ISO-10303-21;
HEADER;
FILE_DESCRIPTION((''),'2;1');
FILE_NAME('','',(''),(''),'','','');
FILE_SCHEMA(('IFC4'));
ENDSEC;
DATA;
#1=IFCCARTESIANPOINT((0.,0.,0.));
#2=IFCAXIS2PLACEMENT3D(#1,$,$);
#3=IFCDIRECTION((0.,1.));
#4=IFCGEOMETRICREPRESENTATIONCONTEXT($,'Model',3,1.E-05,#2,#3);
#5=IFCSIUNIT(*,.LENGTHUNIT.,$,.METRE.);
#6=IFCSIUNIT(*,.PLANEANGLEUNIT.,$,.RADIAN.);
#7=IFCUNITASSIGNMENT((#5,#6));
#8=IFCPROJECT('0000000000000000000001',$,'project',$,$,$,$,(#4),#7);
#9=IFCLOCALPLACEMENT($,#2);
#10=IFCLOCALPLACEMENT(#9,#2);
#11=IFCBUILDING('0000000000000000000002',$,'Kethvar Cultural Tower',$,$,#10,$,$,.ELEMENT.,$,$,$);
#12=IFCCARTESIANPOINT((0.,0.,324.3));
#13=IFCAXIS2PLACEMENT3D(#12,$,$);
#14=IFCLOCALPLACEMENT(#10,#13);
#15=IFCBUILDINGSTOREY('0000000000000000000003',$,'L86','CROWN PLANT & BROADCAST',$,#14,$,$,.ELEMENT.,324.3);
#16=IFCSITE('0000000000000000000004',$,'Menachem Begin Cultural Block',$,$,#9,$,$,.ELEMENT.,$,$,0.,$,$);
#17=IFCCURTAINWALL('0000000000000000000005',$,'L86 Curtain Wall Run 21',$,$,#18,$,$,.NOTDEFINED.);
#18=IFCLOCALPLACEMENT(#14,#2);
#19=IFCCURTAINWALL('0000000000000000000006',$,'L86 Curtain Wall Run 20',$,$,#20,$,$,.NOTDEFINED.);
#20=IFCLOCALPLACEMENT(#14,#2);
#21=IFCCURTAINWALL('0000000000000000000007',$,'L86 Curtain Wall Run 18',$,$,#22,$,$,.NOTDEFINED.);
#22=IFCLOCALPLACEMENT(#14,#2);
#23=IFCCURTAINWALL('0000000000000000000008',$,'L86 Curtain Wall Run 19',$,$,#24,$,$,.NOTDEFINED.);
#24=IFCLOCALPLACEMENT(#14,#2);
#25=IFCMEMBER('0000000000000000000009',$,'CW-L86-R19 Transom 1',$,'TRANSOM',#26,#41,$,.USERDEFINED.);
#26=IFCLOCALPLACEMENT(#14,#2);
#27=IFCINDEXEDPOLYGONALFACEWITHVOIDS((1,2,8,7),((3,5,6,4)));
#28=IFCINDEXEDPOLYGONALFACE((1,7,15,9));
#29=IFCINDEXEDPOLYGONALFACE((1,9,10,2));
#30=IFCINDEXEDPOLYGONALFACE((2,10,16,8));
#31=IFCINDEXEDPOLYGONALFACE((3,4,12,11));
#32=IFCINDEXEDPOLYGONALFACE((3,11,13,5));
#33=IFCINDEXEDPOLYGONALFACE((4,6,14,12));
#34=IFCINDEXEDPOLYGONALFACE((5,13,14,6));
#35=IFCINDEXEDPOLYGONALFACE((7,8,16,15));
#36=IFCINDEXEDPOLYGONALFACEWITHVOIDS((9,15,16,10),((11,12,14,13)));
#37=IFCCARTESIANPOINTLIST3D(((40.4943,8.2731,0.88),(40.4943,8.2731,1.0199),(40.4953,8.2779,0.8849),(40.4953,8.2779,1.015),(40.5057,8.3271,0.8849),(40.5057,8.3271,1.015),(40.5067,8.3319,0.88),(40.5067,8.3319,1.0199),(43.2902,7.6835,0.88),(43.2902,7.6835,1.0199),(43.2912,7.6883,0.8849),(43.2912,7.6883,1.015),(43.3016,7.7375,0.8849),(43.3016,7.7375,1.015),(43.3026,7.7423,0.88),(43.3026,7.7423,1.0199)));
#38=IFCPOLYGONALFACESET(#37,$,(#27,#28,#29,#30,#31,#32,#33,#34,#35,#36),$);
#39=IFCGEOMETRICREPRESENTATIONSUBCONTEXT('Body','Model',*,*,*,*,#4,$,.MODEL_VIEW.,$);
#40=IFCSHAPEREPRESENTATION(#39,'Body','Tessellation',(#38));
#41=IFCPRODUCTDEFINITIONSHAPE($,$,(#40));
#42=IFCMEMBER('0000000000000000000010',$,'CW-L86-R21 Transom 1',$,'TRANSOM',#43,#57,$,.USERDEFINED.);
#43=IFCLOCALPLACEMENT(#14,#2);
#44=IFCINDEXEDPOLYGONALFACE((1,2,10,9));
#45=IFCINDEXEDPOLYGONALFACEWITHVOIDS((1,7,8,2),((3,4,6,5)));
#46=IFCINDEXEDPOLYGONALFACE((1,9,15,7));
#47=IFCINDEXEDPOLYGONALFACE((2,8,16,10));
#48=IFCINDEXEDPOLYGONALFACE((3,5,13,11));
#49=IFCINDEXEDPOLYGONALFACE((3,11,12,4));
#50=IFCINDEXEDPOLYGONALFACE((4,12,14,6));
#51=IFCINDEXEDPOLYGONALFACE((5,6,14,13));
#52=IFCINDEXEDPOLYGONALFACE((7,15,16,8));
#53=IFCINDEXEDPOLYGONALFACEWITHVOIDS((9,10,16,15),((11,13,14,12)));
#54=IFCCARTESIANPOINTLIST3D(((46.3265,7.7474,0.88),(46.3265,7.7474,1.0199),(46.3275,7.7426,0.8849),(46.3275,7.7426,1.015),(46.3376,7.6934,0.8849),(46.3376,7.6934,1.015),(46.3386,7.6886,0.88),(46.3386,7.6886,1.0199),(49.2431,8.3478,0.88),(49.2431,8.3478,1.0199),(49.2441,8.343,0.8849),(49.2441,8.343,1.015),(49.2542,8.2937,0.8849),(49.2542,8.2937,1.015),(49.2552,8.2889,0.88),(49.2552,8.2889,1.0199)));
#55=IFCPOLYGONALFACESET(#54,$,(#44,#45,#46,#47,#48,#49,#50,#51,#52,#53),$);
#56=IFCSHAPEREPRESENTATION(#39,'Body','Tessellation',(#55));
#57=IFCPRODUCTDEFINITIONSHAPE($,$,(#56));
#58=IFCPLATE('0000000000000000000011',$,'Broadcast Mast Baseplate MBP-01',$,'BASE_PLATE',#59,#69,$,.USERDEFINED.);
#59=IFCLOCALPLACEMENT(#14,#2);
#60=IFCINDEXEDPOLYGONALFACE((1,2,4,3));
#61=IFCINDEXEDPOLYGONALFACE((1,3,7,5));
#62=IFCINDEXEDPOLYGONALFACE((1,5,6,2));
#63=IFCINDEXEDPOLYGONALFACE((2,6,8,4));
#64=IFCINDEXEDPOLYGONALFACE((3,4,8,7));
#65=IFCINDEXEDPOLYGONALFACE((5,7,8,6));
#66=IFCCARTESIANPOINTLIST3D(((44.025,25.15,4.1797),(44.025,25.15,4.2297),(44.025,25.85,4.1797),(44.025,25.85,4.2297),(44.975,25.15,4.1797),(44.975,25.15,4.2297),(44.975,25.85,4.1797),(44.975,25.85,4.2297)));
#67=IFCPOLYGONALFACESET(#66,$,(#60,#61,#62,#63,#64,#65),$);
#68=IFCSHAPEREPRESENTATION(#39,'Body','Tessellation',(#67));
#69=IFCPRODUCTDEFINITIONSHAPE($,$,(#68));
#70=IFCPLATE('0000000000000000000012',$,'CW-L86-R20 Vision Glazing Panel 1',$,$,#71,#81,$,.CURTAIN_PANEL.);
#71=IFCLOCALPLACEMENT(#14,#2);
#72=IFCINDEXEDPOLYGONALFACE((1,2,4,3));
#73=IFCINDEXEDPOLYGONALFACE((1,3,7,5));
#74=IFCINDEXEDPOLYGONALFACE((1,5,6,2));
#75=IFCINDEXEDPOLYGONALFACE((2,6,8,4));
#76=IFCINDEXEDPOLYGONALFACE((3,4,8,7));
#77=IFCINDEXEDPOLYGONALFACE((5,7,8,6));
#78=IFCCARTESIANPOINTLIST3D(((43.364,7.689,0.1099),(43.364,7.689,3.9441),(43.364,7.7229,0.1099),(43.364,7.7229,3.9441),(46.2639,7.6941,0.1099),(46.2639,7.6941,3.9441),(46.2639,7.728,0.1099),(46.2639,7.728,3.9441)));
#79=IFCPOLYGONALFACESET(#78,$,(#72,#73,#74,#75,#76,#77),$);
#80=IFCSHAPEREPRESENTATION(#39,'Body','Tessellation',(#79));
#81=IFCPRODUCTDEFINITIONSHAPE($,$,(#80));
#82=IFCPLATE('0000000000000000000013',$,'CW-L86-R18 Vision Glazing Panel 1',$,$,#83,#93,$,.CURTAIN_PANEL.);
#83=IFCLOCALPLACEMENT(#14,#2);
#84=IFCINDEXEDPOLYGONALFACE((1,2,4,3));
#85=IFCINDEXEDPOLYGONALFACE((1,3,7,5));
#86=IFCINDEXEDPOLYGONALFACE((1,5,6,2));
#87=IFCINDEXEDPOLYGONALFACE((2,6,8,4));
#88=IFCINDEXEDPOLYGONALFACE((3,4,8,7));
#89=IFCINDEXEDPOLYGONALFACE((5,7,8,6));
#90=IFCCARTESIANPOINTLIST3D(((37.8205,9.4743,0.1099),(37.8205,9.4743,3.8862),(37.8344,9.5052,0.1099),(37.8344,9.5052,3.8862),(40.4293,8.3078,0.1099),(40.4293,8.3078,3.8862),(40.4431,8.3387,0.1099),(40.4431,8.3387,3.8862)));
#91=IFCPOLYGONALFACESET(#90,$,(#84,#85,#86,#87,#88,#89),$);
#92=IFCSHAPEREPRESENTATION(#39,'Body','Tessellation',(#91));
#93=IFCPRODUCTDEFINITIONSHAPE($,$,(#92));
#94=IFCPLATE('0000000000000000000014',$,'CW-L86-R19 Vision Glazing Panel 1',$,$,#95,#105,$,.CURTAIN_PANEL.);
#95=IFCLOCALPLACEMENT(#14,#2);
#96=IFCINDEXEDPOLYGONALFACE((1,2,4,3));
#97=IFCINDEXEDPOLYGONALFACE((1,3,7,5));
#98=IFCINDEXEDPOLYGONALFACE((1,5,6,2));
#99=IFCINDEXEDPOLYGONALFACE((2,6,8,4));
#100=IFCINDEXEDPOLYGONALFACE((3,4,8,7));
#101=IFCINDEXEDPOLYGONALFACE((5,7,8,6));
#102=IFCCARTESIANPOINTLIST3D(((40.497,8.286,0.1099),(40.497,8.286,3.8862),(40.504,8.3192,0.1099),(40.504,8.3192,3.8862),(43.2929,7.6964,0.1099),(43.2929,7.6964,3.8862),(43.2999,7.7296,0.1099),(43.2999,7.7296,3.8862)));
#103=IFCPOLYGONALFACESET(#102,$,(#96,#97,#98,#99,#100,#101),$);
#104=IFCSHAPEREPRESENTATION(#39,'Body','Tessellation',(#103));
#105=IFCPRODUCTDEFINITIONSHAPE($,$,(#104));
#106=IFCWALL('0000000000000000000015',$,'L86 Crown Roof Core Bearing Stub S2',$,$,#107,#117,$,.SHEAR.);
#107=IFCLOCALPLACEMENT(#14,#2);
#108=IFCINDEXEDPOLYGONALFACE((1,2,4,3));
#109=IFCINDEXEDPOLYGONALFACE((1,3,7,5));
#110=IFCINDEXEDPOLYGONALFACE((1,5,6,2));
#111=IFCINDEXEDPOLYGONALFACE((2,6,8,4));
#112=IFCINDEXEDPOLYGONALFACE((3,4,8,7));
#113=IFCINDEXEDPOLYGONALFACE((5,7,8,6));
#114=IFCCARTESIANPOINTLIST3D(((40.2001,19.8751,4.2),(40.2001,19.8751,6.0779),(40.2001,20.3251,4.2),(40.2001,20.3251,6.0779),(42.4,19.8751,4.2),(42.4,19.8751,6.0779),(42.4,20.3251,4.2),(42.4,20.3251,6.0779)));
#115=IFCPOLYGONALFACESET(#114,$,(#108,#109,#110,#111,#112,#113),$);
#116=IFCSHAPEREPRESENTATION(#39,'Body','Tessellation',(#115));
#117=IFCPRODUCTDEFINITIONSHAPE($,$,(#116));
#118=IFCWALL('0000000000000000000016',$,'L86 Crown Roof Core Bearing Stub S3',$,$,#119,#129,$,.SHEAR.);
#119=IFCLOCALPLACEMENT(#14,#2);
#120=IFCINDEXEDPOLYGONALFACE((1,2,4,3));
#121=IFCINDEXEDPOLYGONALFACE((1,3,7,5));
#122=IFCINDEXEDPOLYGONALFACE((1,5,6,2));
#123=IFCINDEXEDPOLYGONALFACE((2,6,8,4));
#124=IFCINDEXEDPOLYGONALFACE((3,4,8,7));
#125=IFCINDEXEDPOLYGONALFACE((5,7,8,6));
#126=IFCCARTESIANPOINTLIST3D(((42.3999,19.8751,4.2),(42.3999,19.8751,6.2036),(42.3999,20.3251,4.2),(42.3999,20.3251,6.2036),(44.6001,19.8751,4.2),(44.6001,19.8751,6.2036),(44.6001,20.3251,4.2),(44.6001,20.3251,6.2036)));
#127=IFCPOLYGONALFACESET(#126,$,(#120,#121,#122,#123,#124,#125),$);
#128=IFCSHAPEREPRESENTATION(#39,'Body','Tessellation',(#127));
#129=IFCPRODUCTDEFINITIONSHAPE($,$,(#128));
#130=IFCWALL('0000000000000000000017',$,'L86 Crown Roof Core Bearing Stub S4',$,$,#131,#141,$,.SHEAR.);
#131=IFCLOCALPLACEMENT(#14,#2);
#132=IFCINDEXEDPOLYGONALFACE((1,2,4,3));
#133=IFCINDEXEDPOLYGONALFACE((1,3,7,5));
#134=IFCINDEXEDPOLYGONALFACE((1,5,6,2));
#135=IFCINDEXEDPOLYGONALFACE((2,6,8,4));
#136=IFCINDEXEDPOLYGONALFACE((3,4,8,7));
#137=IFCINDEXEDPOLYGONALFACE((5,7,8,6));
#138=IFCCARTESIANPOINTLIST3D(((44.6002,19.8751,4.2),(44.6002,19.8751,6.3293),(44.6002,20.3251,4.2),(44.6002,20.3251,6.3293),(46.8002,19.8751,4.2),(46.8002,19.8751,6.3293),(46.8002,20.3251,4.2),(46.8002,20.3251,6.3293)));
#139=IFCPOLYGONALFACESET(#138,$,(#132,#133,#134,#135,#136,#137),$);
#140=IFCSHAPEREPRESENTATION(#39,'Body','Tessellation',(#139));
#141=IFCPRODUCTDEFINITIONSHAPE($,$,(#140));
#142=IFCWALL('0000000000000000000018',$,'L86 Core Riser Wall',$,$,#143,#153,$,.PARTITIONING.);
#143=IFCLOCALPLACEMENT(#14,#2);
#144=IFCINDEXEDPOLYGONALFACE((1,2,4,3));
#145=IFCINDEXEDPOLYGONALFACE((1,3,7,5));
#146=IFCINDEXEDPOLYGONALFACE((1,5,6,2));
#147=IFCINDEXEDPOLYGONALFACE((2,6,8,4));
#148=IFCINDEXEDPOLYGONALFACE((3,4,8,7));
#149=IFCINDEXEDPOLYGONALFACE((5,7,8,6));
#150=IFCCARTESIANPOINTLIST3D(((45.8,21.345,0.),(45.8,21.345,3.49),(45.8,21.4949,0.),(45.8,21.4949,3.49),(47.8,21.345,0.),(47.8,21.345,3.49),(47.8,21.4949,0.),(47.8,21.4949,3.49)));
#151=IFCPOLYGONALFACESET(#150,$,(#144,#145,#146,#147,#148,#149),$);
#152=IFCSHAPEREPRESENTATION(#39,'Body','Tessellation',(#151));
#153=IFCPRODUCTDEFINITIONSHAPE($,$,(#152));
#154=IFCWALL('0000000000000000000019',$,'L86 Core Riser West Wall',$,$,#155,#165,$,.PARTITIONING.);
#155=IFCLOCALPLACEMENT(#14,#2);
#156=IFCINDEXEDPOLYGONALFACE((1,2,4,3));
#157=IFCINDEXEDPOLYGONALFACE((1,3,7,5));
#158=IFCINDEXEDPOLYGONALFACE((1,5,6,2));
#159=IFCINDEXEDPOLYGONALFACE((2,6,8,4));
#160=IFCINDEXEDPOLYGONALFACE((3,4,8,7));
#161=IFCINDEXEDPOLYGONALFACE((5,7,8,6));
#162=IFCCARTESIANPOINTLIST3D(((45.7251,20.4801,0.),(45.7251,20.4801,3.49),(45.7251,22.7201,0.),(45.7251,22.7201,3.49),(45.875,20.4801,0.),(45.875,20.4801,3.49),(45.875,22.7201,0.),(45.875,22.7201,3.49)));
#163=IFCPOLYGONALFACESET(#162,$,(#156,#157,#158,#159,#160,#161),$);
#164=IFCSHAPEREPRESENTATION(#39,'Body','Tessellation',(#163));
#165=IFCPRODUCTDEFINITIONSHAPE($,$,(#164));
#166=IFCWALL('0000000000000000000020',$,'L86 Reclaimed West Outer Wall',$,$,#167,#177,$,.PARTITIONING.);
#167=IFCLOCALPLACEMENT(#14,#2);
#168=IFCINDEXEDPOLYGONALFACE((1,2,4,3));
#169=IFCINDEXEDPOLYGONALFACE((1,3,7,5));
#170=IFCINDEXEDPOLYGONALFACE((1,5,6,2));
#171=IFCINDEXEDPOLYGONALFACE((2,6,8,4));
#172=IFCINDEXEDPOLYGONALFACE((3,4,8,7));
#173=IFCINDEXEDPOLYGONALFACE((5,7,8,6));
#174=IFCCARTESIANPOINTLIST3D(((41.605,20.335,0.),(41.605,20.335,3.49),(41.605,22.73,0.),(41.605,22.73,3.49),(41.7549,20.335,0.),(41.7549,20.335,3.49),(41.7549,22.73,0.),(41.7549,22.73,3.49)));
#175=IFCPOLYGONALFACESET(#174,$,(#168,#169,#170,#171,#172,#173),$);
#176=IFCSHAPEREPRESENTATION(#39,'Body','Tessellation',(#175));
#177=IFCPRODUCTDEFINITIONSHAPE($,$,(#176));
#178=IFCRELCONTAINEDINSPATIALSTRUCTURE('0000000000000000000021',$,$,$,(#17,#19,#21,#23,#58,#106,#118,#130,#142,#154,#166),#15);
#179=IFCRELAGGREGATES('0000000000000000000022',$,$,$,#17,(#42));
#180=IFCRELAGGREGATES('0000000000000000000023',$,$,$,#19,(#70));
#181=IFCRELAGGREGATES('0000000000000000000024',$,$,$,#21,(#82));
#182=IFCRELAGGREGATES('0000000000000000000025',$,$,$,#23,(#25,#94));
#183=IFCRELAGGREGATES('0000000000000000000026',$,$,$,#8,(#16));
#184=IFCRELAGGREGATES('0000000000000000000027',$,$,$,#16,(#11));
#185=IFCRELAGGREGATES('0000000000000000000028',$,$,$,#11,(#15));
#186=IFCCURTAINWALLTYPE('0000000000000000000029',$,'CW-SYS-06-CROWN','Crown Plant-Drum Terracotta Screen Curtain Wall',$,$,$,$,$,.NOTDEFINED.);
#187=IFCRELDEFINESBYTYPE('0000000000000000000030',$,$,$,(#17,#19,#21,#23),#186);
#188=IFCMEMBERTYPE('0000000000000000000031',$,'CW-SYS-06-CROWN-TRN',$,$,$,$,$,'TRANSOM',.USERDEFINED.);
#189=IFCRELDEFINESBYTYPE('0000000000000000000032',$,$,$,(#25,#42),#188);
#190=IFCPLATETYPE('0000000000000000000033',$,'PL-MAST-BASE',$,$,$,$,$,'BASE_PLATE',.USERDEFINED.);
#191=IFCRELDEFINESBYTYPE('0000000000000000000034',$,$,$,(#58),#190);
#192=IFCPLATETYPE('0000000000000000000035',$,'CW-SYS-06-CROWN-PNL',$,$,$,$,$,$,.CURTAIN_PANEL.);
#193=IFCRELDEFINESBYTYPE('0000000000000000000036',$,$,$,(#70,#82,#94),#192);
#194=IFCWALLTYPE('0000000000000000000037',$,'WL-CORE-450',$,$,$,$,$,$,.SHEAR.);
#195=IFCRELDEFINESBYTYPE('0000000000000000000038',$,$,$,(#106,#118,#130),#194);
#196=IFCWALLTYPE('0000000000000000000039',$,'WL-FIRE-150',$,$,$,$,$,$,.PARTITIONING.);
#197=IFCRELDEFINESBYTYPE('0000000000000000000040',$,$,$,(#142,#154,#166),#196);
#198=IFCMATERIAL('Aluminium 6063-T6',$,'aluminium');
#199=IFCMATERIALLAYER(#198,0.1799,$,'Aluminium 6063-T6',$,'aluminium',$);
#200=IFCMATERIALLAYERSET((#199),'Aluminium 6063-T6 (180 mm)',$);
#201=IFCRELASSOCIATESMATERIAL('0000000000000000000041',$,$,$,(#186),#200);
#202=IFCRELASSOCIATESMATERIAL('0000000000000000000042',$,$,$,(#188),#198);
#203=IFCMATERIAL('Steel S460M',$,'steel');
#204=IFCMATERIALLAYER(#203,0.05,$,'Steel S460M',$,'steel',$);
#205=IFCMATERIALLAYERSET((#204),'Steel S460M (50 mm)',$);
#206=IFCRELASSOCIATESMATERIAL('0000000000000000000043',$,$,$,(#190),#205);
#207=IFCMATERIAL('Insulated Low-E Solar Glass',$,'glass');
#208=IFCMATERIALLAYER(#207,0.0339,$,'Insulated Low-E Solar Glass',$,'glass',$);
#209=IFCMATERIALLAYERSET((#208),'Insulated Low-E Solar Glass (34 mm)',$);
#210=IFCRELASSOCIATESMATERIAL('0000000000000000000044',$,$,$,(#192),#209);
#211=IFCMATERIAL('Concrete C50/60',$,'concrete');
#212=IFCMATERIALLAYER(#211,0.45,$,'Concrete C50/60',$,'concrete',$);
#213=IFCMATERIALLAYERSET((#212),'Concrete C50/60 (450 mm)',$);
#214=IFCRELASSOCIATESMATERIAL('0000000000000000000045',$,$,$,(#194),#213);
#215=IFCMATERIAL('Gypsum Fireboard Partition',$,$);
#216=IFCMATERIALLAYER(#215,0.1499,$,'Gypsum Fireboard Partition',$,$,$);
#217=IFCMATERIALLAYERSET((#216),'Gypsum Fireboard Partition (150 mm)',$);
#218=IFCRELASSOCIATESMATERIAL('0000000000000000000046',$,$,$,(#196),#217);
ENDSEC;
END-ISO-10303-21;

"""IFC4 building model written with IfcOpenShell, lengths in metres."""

from ifc_helpers import new_model, si_unit, direction, frame, frame_2d, origin, origin_2d, place, context, subcontext, project, spatial, rectangle, hollow_rectangle, extrude, source, transform, mapped, material, layer, layer_set, material_profile, profile_set, type_object, element, aggregate, save


model = new_model("IFC4")

# Units and contexts
model_context = context("Model", 3, precision=1e-05, world=origin(), true_north=direction((0.0, 1.0)))
body_context = subcontext(model_context, "Body", "Model", "MODEL_VIEW")
ifc_project = project(units=[si_unit("LENGTHUNIT", "METRE"), si_unit("PLANEANGLEUNIT", "RADIAN")], contexts=[model_context])

# Site, building, storey
site_placement = place(None, origin())
site = spatial("IfcSite", under=ifc_project, at=site_placement, Name="Menachem Begin Cultural Block", CompositionType="ELEMENT", RefElevation=0.0)
building_placement = place(site_placement, origin())
building = spatial("IfcBuilding", under=site, at=building_placement, Name="Kethvar Cultural Tower", CompositionType="ELEMENT")
storey_placement = place(building_placement, frame((0.0, 0.0, 324.3)))
storey = spatial("IfcBuildingStorey", under=building, at=storey_placement, Name="L86", Description="CROWN PLANT & BROADCAST", CompositionType="ELEMENT", Elevation=324.3)

# Shared definitions
ifc_material_1 = material(Name="Steel S460M", Category="steel")

# Curtain wall
ifc_material_2 = material(Name="Aluminium 6063-T6", Category="aluminium")
ifc_layer_1 = layer(ifc_material_2, 0.1799, Name="Aluminium 6063-T6", Category="aluminium")
ifc_layer_set_1 = layer_set([ifc_layer_1], Name="Aluminium 6063-T6 (180 mm)")
curtain_wall_type = type_object("IfcCurtainWallType", Name="CW-SYS-06-CROWN", Description="Crown Plant-Drum Terracotta Screen Curtain Wall", PredefinedType="NOTDEFINED", material=ifc_layer_set_1)
curtain_wall_1_placement = place(storey_placement, origin())
curtain_wall_1 = element("IfcCurtainWall", 1, at=curtain_wall_1_placement, inside=storey, type_object=curtain_wall_type, Name="L86 Curtain Wall Run 21", PredefinedType="NOTDEFINED")

# Curtain wall
curtain_wall_2_placement = place(storey_placement, origin())
curtain_wall_2 = element("IfcCurtainWall", 2, at=curtain_wall_2_placement, inside=storey, type_object=curtain_wall_type, Name="L86 Curtain Wall Run 20", PredefinedType="NOTDEFINED")
ifc_material_profile_1 = material_profile(ifc_material_2, hollow_rectangle(XDim=0.0601, YDim=0.1399, WallThickness=0.0049, at=origin_2d()), Name="Aluminium 6063-T6 — RHS140x60x5")
ifc_profile_set_1 = profile_set([ifc_material_profile_1], Name="Aluminium 6063-T6 — RHS140x60x5")
member_type_1 = type_object("IfcMemberType", Name="CW-SYS-06-CROWN-TRN", ElementType="TRANSOM", PredefinedType="USERDEFINED", material=ifc_profile_set_1)

# Curtain wall
curtain_wall_3_placement = place(storey_placement, origin())
curtain_wall_3 = element("IfcCurtainWall", 3, at=curtain_wall_3_placement, inside=storey, type_object=curtain_wall_type, Name="L86 Curtain Wall Run 18", PredefinedType="NOTDEFINED")

# Curtain wall, member
curtain_wall_4_placement = place(storey_placement, origin())
curtain_wall_4 = element("IfcCurtainWall", 4, at=curtain_wall_4_placement, inside=storey, type_object=curtain_wall_type, Name="L86 Curtain Wall Run 19", PredefinedType="NOTDEFINED")
shared_shape_1 = source(origin(), body_context, "Body", "SweptSolid", [
    extrude(hollow_rectangle(XDim=0.0601, YDim=0.1399, WallThickness=0.0049, at=origin_2d()), origin(), (0.0, 0.0, 1.0), 2.8574),
])
member_1_placement = place(storey_placement, frame((40.5005, 8.3025, 0.95), z_axis=(0.97848, -0.206342, 0.0), x_axis=(0.206342, 0.97848, 0.0)))
member_1 = element("IfcMember", 5, at=member_1_placement, type_object=member_type_1, Name="CW-L86-R19 Transom 1", ObjectType="TRANSOM", PredefinedType="USERDEFINED", context=body_context, shape_type="MappedRepresentation", body=[
    mapped(shared_shape_1, transform((0.0, 0.0, 0.0), scale=1.0)),
])

# Member
shared_shape_2 = source(origin(), body_context, "Body", "SweptSolid", [
    extrude(hollow_rectangle(XDim=0.0601, YDim=0.1399, WallThickness=0.0049, at=origin_2d()), origin(), (0.0, 0.0, 1.0), 2.9778),
])
member_2_placement = place(storey_placement, frame((46.3325, 7.718, 0.95), z_axis=(0.979468, 0.2016, 0.0), x_axis=(-0.2016, 0.979468, 0.0)))
member_2 = element("IfcMember", 6, at=member_2_placement, type_object=member_type_1, Name="CW-L86-R21 Transom 1", ObjectType="TRANSOM", PredefinedType="USERDEFINED", context=body_context, shape_type="MappedRepresentation", body=[
    mapped(shared_shape_2, transform((0.0, 0.0, 0.0), scale=1.0)),
])
aggregate(curtain_wall_1, [member_2])

# Plates
ifc_layer_2 = layer(ifc_material_1, 0.05, Name="Steel S460M", Category="steel")
ifc_layer_set_2 = layer_set([ifc_layer_2], Name="Steel S460M (50 mm)")
plate_type_1 = type_object("IfcPlateType", Name="PL-MAST-BASE", ElementType="BASE_PLATE", PredefinedType="USERDEFINED", material=ifc_layer_set_2)
shared_shape_3 = source(origin(), body_context, "Body", "SweptSolid", [
    extrude(rectangle(XDim=0.95, YDim=0.7, at=origin_2d()), origin(), (0.0, 0.0, 1.0), 0.05),
])
plate_1_placement = place(storey_placement, frame((44.5, 25.5, 4.1797), z_axis=(0.0, 0.0, 1.0), x_axis=(1.0, 0.0, 0.0)))
element("IfcPlate", 7, at=plate_1_placement, inside=storey, type_object=plate_type_1, Name="Broadcast Mast Baseplate MBP-01", ObjectType="BASE_PLATE", PredefinedType="USERDEFINED", context=body_context, shape_type="MappedRepresentation", body=[
    mapped(shared_shape_3, transform((0.0, 0.0, 0.0), scale=1.0)),
])
ifc_material_3 = material(Name="Insulated Low-E Solar Glass", Category="glass")
ifc_layer_3 = layer(ifc_material_3, 0.0339, Name="Insulated Low-E Solar Glass", Category="glass")
ifc_layer_set_3 = layer_set([ifc_layer_3], Name="Insulated Low-E Solar Glass (34 mm)")
plate_type_2 = type_object("IfcPlateType", Name="CW-SYS-06-CROWN-PNL", PredefinedType="CURTAIN_PANEL", material=ifc_layer_set_3)
shared_shape_4 = source(origin(), body_context, "Body", "SweptSolid", [
    extrude(rectangle(XDim=2.8999, YDim=0.0339, at=origin_2d()), origin(), (0.0, 0.0, 1.0), 3.8342),
])
plate_2_placement = place(storey_placement, frame((44.814, 7.7085, 0.1099), z_axis=(0.0, 0.0, 1.0), x_axis=(0.999998, 0.001745, 0.0)))
plate_2 = element("IfcPlate", 8, at=plate_2_placement, type_object=plate_type_2, Name="CW-L86-R20 Vision Glazing Panel 1", PredefinedType="CURTAIN_PANEL", context=body_context, shape_type="MappedRepresentation", body=[
    mapped(shared_shape_4, transform((0.0, 0.0, 0.0), scale=1.0)),
])
aggregate(curtain_wall_2, [plate_2])
shared_shape_5 = source(origin(), body_context, "Body", "SweptSolid", [
    extrude(rectangle(XDim=2.8577, YDim=0.0339, at=origin_2d()), origin(), (0.0, 0.0, 1.0), 3.7764),
])
plate_3_placement = place(storey_placement, frame((39.1318, 8.9065, 0.1099), z_axis=(0.0, 0.0, 1.0), x_axis=(0.912891, -0.408203, 0.0)))
plate_3 = element("IfcPlate", 9, at=plate_3_placement, type_object=plate_type_2, Name="CW-L86-R18 Vision Glazing Panel 1", PredefinedType="CURTAIN_PANEL", context=body_context, shape_type="MappedRepresentation", body=[
    mapped(shared_shape_5, transform((0.0, 0.0, 0.0), scale=1.0)),
])
aggregate(curtain_wall_3, [plate_3])
shared_shape_6 = source(origin(), body_context, "Body", "SweptSolid", [
    extrude(rectangle(XDim=2.8574, YDim=0.0339, at=origin_2d()), origin(), (0.0, 0.0, 1.0), 3.7764),
])
plate_4_placement = place(storey_placement, frame((41.8984, 8.0078, 0.1099), z_axis=(0.0, 0.0, 1.0), x_axis=(0.978484, -0.206324, 0.0)))
plate_4 = element("IfcPlate", 10, at=plate_4_placement, type_object=plate_type_2, Name="CW-L86-R19 Vision Glazing Panel 1", PredefinedType="CURTAIN_PANEL", context=body_context, shape_type="MappedRepresentation", body=[
    mapped(shared_shape_6, transform((0.0, 0.0, 0.0), scale=1.0)),
])
aggregate(curtain_wall_4, [member_1, plate_4])

# Walls
ifc_material_4 = material(Name="Concrete C50/60", Category="concrete")
ifc_layer_4 = layer(ifc_material_4, 0.45, Name="Concrete C50/60", Category="concrete")
ifc_layer_set_4 = layer_set([ifc_layer_4], Name="Concrete C50/60 (450 mm)")
wall_type_1 = type_object("IfcWallType", Name="WL-CORE-450", PredefinedType="SHEAR", material=ifc_layer_set_4)
wall_1_placement = place(storey_placement, frame((40.2, 20.1001, 4.2), z_axis=(0.0, 0.0, 1.0), x_axis=(1.0, 0.0, 0.0)))
element("IfcWall", 11, at=wall_1_placement, inside=storey, type_object=wall_type_1, Name="L86 Crown Roof Core Bearing Stub S2", PredefinedType="SHEAR", context=body_context, shape_type="SweptSolid", body=[
    extrude(rectangle(XDim=2.2, YDim=0.45, at=frame_2d((1.1001, 0.0))), origin(), (0.0, 0.0, 1.0), 1.8779),
])
wall_2_placement = place(storey_placement, frame((42.3999, 20.1001, 4.2), z_axis=(0.0, 0.0, 1.0), x_axis=(1.0, 0.0, 0.0)))
element("IfcWall", 12, at=wall_2_placement, inside=storey, type_object=wall_type_1, Name="L86 Crown Roof Core Bearing Stub S3", PredefinedType="SHEAR", context=body_context, shape_type="SweptSolid", body=[
    extrude(rectangle(XDim=2.2002, YDim=0.45, at=frame_2d((1.1001, 0.0))), origin(), (0.0, 0.0, 1.0), 2.0037),
])
wall_3_placement = place(storey_placement, frame((44.6001, 20.1001, 4.2), z_axis=(0.0, 0.0, 1.0), x_axis=(1.0, 0.0, 0.0)))
element("IfcWall", 13, at=wall_3_placement, inside=storey, type_object=wall_type_1, Name="L86 Crown Roof Core Bearing Stub S4", PredefinedType="SHEAR", context=body_context, shape_type="SweptSolid", body=[
    extrude(rectangle(XDim=2.2, YDim=0.45, at=frame_2d((1.1001, 0.0))), origin(), (0.0, 0.0, 1.0), 2.1294),
])
ifc_material_5 = material(Name="Gypsum Fireboard Partition")
ifc_layer_5 = layer(ifc_material_5, 0.1499, Name="Gypsum Fireboard Partition")
ifc_layer_set_5 = layer_set([ifc_layer_5], Name="Gypsum Fireboard Partition (150 mm)")
wall_type_2 = type_object("IfcWallType", Name="WL-FIRE-150", PredefinedType="PARTITIONING", material=ifc_layer_set_5)
wall_4_placement = place(storey_placement, frame((45.8, 21.4199, 0.0), z_axis=(0.0, 0.0, 1.0), x_axis=(1.0, 0.0, 0.0)))
element("IfcWall", 14, at=wall_4_placement, inside=storey, type_object=wall_type_2, Name="L86 Core Riser Wall", PredefinedType="PARTITIONING", context=body_context, shape_type="SweptSolid", body=[
    extrude(rectangle(XDim=2.0, YDim=0.1499, at=frame_2d((1.0, 0.0))), origin(), (0.0, 0.0, 1.0), 3.49),
])
wall_5_placement = place(storey_placement, frame((45.8, 20.48, 0.0), z_axis=(0.0, 0.0, 1.0), x_axis=(0.0, 1.0, 0.0)))
element("IfcWall", 15, at=wall_5_placement, inside=storey, type_object=wall_type_2, Name="L86 Core Riser West Wall", PredefinedType="PARTITIONING", context=body_context, shape_type="SweptSolid", body=[
    extrude(rectangle(XDim=2.24, YDim=0.1499, at=frame_2d((1.1201, 0.0))), origin(), (0.0, 0.0, 1.0), 3.49),
])
wall_6_placement = place(storey_placement, frame((41.6799, 20.335, 0.0), z_axis=(0.0, 0.0, 1.0), x_axis=(0.0, 1.0, 0.0)))
element("IfcWall", 16, at=wall_6_placement, inside=storey, type_object=wall_type_2, Name="L86 Reclaimed West Outer Wall", PredefinedType="PARTITIONING", context=body_context, shape_type="SweptSolid", body=[
    extrude(rectangle(XDim=2.395, YDim=0.1499, at=frame_2d((1.1975, 0.0))), origin(), (0.0, 0.0, 1.0), 3.49),
])

save(model, "model.ifc")
